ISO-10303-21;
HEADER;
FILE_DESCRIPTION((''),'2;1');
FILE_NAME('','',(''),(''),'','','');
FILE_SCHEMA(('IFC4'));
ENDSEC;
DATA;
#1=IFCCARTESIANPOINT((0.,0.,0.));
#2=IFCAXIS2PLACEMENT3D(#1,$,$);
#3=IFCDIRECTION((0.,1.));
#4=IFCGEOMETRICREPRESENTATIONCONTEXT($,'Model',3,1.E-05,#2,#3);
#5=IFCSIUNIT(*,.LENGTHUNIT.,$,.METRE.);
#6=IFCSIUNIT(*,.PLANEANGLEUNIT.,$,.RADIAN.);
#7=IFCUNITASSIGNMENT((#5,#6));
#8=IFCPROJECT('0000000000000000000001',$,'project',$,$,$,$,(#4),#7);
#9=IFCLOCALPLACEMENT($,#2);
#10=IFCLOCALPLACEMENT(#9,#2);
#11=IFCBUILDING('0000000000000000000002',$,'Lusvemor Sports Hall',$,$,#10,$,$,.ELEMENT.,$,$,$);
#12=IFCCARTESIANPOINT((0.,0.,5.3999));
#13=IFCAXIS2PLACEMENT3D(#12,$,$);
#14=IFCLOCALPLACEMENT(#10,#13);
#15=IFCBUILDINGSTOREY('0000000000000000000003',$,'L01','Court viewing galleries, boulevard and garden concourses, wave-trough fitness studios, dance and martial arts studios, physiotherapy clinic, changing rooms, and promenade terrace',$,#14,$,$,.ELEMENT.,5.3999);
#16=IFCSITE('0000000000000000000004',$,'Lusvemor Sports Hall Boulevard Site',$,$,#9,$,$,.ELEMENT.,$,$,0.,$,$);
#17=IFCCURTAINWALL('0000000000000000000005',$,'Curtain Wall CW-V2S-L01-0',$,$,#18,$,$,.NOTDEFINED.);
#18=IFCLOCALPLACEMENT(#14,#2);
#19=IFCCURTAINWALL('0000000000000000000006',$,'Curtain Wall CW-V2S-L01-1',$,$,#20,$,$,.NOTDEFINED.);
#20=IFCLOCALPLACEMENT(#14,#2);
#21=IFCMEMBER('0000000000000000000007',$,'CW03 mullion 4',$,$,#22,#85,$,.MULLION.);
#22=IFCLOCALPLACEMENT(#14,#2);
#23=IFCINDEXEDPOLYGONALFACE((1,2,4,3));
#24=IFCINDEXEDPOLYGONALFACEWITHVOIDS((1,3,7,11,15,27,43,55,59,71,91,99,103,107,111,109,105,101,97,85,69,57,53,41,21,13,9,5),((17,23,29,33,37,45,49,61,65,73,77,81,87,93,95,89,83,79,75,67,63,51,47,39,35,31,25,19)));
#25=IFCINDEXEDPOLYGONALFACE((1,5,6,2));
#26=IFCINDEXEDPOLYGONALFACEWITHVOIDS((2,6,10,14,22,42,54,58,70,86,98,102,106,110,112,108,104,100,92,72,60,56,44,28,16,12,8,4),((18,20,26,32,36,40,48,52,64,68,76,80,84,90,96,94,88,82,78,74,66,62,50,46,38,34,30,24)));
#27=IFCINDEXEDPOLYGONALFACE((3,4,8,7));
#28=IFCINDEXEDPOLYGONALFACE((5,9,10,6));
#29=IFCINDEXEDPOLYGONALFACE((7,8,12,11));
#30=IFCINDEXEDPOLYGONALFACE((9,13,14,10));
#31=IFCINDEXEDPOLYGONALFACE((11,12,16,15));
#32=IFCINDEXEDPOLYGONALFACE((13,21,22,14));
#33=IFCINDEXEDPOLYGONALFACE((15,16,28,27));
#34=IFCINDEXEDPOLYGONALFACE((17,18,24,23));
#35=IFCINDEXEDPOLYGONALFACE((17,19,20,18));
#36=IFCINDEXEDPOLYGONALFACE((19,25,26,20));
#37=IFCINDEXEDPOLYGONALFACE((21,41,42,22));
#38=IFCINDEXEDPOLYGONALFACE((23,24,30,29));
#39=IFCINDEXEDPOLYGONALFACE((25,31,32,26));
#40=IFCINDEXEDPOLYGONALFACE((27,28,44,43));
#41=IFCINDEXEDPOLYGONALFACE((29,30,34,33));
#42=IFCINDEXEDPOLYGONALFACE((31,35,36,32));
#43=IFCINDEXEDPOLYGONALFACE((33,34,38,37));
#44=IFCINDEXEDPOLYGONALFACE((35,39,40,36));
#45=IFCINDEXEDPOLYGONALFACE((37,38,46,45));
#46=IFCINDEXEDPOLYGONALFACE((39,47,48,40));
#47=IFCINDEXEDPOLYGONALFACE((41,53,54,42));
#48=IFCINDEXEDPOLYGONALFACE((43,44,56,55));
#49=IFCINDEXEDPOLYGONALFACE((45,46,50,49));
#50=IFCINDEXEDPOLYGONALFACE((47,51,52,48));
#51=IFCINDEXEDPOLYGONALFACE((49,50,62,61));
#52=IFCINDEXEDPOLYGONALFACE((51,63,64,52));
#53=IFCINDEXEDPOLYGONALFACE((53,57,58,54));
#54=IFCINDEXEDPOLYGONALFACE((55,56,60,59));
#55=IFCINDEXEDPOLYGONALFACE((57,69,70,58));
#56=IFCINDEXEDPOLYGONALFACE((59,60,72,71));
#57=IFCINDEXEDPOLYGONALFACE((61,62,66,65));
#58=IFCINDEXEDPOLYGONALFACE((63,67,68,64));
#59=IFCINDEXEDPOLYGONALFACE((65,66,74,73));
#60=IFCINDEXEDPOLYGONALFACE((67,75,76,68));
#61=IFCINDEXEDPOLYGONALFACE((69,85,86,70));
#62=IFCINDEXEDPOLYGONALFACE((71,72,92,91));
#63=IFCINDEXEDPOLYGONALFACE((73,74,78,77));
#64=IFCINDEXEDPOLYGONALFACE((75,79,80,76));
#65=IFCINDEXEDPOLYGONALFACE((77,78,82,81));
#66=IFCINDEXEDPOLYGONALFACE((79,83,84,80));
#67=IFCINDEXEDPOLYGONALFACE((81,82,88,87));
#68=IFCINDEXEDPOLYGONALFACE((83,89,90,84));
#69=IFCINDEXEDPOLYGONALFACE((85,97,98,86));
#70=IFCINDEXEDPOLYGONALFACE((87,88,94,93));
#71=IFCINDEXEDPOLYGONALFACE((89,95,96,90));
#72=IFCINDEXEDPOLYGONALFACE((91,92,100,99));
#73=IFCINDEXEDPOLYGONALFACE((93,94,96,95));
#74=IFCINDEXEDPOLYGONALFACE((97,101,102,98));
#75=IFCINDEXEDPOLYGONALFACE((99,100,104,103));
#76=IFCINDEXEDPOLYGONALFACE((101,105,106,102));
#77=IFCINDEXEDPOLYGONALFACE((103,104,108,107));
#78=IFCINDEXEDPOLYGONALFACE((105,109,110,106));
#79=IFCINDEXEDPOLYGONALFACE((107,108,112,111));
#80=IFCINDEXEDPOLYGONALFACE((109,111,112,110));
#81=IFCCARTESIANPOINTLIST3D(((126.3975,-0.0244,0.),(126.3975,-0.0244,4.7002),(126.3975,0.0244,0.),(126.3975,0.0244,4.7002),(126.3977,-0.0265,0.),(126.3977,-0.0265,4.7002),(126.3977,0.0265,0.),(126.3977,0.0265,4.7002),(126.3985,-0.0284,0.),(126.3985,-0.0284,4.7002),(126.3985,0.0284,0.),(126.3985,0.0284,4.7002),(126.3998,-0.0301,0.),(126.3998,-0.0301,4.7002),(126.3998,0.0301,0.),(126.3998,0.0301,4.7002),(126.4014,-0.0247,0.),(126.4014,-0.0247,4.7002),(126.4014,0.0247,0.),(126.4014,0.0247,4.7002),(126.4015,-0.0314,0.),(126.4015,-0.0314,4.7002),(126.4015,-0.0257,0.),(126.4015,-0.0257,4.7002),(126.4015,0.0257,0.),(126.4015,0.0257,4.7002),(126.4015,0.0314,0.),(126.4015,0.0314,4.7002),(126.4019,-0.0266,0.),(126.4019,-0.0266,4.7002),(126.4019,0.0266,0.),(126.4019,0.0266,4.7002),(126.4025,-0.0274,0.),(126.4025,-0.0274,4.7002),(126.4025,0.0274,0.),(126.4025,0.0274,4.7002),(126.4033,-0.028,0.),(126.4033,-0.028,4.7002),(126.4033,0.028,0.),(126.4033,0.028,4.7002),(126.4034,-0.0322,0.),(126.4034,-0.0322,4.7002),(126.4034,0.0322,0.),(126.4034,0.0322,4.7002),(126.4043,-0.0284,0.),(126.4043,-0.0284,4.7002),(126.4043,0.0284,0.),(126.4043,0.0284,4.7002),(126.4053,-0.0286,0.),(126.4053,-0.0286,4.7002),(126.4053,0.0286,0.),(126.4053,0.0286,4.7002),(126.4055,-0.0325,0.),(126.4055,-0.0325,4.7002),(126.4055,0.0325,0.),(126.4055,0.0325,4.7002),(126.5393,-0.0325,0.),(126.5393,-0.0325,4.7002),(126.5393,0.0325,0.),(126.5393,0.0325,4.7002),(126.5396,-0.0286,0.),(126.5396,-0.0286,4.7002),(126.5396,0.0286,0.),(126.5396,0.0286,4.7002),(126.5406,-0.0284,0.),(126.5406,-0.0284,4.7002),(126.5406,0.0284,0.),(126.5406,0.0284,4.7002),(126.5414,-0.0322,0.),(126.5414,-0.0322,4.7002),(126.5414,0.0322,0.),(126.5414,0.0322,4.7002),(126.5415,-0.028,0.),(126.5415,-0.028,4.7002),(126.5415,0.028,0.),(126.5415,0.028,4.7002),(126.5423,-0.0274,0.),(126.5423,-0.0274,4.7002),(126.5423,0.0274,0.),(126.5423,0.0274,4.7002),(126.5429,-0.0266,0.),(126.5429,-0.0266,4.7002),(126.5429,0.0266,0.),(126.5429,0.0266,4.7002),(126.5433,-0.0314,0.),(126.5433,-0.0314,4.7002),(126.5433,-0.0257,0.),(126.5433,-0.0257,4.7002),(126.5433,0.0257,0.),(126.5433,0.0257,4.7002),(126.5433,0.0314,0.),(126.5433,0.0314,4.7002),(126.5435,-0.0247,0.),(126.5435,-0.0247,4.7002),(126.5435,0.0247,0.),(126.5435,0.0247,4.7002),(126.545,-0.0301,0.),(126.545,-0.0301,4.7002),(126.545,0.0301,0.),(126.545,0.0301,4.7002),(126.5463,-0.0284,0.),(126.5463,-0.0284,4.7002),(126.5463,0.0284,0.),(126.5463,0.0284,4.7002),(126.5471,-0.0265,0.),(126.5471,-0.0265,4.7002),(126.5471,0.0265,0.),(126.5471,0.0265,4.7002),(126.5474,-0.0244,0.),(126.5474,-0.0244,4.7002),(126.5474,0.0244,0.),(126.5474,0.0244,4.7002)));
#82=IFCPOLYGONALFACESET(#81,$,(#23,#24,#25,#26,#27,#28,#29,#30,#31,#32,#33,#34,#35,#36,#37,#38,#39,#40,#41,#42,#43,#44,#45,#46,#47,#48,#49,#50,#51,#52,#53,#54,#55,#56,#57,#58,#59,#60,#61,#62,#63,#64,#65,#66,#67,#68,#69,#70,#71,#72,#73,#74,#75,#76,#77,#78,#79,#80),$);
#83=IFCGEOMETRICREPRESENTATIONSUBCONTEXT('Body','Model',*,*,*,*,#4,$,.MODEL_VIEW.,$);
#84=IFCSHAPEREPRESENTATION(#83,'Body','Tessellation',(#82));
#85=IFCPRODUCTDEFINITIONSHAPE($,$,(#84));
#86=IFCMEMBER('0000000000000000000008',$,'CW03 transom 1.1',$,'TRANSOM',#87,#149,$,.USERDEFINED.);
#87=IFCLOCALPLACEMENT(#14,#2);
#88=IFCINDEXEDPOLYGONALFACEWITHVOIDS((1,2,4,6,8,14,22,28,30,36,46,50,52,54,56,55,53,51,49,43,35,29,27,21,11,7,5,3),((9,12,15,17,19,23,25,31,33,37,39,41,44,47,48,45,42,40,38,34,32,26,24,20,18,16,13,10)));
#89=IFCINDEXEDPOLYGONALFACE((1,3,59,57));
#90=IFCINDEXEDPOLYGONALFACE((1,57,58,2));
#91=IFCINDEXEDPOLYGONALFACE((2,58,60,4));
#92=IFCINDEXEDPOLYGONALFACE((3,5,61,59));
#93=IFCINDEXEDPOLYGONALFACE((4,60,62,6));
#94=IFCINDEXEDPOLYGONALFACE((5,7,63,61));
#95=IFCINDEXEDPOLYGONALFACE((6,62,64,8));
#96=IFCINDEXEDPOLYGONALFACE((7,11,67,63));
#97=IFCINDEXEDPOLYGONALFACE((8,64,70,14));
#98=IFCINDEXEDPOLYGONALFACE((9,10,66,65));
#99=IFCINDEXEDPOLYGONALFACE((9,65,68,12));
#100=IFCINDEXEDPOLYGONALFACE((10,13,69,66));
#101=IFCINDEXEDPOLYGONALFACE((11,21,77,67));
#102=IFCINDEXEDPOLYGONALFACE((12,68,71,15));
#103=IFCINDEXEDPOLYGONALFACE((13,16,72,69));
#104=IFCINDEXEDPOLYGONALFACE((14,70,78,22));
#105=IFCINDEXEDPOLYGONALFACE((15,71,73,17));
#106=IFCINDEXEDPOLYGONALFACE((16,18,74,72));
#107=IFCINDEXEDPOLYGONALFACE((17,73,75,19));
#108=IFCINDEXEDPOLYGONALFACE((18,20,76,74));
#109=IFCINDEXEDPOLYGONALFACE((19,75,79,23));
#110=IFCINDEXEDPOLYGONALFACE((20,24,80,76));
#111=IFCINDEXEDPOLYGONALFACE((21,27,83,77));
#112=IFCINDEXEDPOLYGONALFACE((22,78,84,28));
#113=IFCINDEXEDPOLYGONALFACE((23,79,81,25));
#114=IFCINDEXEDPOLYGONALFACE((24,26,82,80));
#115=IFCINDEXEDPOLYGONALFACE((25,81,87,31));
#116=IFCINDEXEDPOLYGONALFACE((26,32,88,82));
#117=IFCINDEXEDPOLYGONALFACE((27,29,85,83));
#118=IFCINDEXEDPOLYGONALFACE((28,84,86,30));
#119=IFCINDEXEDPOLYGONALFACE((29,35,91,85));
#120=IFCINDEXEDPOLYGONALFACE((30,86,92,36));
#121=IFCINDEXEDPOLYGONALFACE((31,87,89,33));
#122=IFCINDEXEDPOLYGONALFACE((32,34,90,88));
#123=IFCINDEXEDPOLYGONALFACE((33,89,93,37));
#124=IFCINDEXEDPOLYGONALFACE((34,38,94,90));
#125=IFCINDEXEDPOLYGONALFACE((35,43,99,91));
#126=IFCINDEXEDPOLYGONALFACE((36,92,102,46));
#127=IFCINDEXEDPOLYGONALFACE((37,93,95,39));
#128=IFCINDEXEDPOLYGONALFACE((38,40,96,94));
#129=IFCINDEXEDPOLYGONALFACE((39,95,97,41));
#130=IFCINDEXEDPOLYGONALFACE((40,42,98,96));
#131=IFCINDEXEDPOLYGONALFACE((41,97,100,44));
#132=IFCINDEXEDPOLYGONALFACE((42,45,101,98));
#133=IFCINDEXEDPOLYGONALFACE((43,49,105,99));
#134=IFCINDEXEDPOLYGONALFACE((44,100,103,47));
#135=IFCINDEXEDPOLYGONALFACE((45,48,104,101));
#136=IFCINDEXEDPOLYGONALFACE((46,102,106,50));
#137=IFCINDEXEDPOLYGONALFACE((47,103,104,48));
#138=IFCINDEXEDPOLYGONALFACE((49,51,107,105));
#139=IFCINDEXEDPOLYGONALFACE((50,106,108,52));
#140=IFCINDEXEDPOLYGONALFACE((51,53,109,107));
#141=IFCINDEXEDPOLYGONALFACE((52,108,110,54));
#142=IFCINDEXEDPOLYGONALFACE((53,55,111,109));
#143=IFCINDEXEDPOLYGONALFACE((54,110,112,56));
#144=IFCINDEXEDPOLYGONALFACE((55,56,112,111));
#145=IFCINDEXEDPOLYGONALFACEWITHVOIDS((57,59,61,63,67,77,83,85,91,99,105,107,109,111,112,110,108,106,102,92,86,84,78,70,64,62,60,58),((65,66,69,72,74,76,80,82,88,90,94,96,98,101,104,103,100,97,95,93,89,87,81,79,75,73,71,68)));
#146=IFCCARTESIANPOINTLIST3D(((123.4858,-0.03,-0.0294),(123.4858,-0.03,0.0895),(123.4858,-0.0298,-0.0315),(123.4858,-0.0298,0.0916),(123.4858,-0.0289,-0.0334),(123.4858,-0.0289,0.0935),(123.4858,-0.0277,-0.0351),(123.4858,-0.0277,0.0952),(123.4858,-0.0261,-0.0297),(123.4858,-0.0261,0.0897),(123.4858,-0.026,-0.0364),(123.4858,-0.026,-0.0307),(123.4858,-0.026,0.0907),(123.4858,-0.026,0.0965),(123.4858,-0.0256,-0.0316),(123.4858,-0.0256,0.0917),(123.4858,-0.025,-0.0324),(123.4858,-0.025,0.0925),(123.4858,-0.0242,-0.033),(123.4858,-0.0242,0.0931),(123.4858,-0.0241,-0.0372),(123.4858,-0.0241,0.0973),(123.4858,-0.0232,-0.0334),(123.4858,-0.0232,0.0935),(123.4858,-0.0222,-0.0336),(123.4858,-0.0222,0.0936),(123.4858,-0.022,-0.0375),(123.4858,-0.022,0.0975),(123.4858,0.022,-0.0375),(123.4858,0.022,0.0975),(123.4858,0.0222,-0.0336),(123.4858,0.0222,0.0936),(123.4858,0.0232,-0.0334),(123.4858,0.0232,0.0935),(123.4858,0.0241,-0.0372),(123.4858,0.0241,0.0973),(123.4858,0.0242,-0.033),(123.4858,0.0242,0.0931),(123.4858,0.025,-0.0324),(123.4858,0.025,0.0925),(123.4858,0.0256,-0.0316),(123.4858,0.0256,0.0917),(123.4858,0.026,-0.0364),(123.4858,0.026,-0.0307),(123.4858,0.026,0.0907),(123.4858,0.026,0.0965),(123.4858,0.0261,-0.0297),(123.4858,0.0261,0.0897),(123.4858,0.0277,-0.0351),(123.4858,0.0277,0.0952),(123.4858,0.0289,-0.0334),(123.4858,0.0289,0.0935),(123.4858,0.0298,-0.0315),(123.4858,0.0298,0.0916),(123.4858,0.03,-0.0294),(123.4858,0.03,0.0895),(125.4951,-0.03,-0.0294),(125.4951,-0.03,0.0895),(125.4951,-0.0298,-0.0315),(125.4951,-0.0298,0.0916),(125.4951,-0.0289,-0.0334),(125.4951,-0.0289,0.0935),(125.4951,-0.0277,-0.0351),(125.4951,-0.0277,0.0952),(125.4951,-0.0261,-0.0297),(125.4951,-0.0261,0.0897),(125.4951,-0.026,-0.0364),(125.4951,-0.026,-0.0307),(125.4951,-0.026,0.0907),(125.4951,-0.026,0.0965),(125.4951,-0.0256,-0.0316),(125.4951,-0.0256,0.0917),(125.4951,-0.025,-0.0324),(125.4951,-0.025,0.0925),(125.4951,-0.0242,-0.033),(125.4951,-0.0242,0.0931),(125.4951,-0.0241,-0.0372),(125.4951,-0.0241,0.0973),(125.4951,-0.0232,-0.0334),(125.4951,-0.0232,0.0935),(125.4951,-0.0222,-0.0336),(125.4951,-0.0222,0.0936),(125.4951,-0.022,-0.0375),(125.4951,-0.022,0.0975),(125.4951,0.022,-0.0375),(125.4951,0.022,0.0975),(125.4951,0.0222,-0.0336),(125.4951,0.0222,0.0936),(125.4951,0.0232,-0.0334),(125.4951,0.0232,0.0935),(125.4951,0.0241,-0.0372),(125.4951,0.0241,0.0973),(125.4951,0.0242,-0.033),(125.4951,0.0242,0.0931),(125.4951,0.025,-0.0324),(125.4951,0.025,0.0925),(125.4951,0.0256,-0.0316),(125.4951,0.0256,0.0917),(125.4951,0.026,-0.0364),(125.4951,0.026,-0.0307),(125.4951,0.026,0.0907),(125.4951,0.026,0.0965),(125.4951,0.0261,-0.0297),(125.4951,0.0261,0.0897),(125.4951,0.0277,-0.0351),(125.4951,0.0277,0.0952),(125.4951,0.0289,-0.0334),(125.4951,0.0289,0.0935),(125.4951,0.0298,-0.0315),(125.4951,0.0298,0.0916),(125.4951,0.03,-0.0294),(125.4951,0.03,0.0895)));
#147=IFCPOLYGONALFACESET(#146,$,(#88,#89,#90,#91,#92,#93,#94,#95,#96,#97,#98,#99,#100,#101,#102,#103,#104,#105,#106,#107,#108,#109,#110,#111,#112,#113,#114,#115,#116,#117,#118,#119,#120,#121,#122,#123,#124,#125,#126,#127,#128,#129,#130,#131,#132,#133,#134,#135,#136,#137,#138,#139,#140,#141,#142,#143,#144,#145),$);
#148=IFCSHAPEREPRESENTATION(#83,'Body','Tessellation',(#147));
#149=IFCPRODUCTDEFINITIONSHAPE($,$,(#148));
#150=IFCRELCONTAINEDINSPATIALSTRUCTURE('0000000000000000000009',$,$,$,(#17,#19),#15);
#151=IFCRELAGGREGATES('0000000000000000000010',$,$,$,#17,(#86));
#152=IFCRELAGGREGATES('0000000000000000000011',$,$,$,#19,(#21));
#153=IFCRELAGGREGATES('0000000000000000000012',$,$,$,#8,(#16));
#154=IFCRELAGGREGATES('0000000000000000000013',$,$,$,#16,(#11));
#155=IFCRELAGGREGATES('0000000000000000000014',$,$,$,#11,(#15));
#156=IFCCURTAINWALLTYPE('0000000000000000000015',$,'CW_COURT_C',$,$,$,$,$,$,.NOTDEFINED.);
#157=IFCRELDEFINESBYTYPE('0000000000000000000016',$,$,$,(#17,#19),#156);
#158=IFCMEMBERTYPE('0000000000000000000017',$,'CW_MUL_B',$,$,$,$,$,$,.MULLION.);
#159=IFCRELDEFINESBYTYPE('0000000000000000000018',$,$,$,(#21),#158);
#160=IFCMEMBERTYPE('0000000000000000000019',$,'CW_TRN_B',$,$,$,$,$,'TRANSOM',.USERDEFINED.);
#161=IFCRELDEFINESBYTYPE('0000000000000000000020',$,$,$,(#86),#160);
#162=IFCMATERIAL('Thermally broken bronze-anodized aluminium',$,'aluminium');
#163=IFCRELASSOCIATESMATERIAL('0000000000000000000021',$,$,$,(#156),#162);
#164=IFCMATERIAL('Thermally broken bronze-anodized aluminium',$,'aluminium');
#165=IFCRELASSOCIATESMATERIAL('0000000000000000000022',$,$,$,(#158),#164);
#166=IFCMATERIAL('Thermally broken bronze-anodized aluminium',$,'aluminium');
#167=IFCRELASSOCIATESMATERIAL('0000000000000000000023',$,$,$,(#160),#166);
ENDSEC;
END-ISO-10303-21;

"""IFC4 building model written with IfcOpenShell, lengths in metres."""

from ifc_helpers import new_model, si_unit, direction, frame, origin, origin_2d, place, context, subcontext, project, spatial, hollow_rectangle, extrude, material, material_profile, profile_set, type_object, element, aggregate, save


model = new_model("IFC4")

# Units and contexts
model_context = context("Model", 3, precision=1e-05, world=origin(), true_north=direction((0.0, 1.0)))
body_context = subcontext(model_context, "Body", "Model", "MODEL_VIEW")
ifc_project = project(units=[si_unit("LENGTHUNIT", "METRE"), si_unit("PLANEANGLEUNIT", "RADIAN")], contexts=[model_context])

# Site, building, storey
site_placement = place(None, origin())
site = spatial("IfcSite", under=ifc_project, at=site_placement, Name="Lusvemor Sports Hall Boulevard Site", CompositionType="ELEMENT", RefElevation=0.0)
building_placement = place(site_placement, origin())
building = spatial("IfcBuilding", under=site, at=building_placement, Name="Lusvemor Sports Hall", CompositionType="ELEMENT")
storey_placement = place(building_placement, frame((0.0, 0.0, 5.3999)))
storey = spatial("IfcBuildingStorey", under=building, at=storey_placement, Name="L01", Description="Court viewing galleries, boulevard and garden concourses, wave-trough fitness studios, dance and martial arts studios, physiotherapy clinic, changing rooms, and promenade terrace", CompositionType="ELEMENT", Elevation=5.3999)

# Curtain wall
ifc_material_1 = material(Name="Thermally broken bronze-anodized aluminium", Category="aluminium")
curtain_wall_type = type_object("IfcCurtainWallType", Name="CW_COURT_C", PredefinedType="NOTDEFINED", material=ifc_material_1)
curtain_wall_1_placement = place(storey_placement, origin())
curtain_wall_1 = element("IfcCurtainWall", 1, at=curtain_wall_1_placement, inside=storey, type_object=curtain_wall_type, Name="Curtain Wall CW-V2S-L01-0", PredefinedType="NOTDEFINED")
ifc_material_2 = material(Name="Thermally broken bronze-anodized aluminium", Category="aluminium")
ifc_material_profile_1 = material_profile(ifc_material_2, hollow_rectangle(XDim=0.0649, YDim=0.1499, WallThickness=0.0039, InnerFilletRadius=0.0039, OuterFilletRadius=0.0081, at=origin_2d()), Name="CWMUL150x65x4")
ifc_profile_set_1 = profile_set([ifc_material_profile_1], Name="Thermally broken bronze-anodized aluminium")
member_type_1 = type_object("IfcMemberType", Name="CW_MUL_B", PredefinedType="MULLION", material=ifc_profile_set_1)

# Curtain wall, member
curtain_wall_2_placement = place(storey_placement, origin())
curtain_wall_2 = element("IfcCurtainWall", 2, at=curtain_wall_2_placement, inside=storey, type_object=curtain_wall_type, Name="Curtain Wall CW-V2S-L01-1", PredefinedType="NOTDEFINED")
member_1_placement = place(storey_placement, frame((126.4724, 0.0, 0.0), z_axis=(0.0, 0.0, 1.0), x_axis=(0.0, -1.0, 0.0)))
member_1 = element("IfcMember", 3, at=member_1_placement, type_object=member_type_1, Name="CW03 mullion 4", PredefinedType="MULLION", context=body_context, shape_type="SweptSolid", body=[
    extrude(hollow_rectangle(XDim=0.0649, YDim=0.1499, WallThickness=0.0039, InnerFilletRadius=0.0039, OuterFilletRadius=0.0081, at=origin_2d()), origin(), (0.0, 0.0, 1.0), 4.7002),
])

# Member
ifc_material_3 = material(Name="Thermally broken bronze-anodized aluminium", Category="aluminium")
ifc_material_profile_2 = material_profile(ifc_material_3, hollow_rectangle(XDim=0.0601, YDim=0.135, WallThickness=0.0039, InnerFilletRadius=0.0039, OuterFilletRadius=0.0081, at=origin_2d()), Name="CWTRN135x60x4")
ifc_profile_set_2 = profile_set([ifc_material_profile_2], Name="Thermally broken bronze-anodized aluminium")
member_type_2 = type_object("IfcMemberType", Name="CW_TRN_B", ElementType="TRANSOM", PredefinedType="USERDEFINED", material=ifc_profile_set_2)
member_2_placement = place(storey_placement, frame((125.4951, 0.0, 0.03), z_axis=(-1.0, 0.0, 0.0), x_axis=(0.0, -1.0, 0.0)))
member_2 = element("IfcMember", 4, at=member_2_placement, type_object=member_type_2, Name="CW03 transom 1.1", ObjectType="TRANSOM", PredefinedType="USERDEFINED", context=body_context, shape_type="SweptSolid", body=[
    extrude(hollow_rectangle(XDim=0.0601, YDim=0.135, WallThickness=0.0039, InnerFilletRadius=0.0039, OuterFilletRadius=0.0081, at=origin_2d()), origin(), (0.0, 0.0, 1.0), 2.0093),
])

aggregate(curtain_wall_1, [member_2])
aggregate(curtain_wall_2, [member_1])

save(model, "model.ifc")
